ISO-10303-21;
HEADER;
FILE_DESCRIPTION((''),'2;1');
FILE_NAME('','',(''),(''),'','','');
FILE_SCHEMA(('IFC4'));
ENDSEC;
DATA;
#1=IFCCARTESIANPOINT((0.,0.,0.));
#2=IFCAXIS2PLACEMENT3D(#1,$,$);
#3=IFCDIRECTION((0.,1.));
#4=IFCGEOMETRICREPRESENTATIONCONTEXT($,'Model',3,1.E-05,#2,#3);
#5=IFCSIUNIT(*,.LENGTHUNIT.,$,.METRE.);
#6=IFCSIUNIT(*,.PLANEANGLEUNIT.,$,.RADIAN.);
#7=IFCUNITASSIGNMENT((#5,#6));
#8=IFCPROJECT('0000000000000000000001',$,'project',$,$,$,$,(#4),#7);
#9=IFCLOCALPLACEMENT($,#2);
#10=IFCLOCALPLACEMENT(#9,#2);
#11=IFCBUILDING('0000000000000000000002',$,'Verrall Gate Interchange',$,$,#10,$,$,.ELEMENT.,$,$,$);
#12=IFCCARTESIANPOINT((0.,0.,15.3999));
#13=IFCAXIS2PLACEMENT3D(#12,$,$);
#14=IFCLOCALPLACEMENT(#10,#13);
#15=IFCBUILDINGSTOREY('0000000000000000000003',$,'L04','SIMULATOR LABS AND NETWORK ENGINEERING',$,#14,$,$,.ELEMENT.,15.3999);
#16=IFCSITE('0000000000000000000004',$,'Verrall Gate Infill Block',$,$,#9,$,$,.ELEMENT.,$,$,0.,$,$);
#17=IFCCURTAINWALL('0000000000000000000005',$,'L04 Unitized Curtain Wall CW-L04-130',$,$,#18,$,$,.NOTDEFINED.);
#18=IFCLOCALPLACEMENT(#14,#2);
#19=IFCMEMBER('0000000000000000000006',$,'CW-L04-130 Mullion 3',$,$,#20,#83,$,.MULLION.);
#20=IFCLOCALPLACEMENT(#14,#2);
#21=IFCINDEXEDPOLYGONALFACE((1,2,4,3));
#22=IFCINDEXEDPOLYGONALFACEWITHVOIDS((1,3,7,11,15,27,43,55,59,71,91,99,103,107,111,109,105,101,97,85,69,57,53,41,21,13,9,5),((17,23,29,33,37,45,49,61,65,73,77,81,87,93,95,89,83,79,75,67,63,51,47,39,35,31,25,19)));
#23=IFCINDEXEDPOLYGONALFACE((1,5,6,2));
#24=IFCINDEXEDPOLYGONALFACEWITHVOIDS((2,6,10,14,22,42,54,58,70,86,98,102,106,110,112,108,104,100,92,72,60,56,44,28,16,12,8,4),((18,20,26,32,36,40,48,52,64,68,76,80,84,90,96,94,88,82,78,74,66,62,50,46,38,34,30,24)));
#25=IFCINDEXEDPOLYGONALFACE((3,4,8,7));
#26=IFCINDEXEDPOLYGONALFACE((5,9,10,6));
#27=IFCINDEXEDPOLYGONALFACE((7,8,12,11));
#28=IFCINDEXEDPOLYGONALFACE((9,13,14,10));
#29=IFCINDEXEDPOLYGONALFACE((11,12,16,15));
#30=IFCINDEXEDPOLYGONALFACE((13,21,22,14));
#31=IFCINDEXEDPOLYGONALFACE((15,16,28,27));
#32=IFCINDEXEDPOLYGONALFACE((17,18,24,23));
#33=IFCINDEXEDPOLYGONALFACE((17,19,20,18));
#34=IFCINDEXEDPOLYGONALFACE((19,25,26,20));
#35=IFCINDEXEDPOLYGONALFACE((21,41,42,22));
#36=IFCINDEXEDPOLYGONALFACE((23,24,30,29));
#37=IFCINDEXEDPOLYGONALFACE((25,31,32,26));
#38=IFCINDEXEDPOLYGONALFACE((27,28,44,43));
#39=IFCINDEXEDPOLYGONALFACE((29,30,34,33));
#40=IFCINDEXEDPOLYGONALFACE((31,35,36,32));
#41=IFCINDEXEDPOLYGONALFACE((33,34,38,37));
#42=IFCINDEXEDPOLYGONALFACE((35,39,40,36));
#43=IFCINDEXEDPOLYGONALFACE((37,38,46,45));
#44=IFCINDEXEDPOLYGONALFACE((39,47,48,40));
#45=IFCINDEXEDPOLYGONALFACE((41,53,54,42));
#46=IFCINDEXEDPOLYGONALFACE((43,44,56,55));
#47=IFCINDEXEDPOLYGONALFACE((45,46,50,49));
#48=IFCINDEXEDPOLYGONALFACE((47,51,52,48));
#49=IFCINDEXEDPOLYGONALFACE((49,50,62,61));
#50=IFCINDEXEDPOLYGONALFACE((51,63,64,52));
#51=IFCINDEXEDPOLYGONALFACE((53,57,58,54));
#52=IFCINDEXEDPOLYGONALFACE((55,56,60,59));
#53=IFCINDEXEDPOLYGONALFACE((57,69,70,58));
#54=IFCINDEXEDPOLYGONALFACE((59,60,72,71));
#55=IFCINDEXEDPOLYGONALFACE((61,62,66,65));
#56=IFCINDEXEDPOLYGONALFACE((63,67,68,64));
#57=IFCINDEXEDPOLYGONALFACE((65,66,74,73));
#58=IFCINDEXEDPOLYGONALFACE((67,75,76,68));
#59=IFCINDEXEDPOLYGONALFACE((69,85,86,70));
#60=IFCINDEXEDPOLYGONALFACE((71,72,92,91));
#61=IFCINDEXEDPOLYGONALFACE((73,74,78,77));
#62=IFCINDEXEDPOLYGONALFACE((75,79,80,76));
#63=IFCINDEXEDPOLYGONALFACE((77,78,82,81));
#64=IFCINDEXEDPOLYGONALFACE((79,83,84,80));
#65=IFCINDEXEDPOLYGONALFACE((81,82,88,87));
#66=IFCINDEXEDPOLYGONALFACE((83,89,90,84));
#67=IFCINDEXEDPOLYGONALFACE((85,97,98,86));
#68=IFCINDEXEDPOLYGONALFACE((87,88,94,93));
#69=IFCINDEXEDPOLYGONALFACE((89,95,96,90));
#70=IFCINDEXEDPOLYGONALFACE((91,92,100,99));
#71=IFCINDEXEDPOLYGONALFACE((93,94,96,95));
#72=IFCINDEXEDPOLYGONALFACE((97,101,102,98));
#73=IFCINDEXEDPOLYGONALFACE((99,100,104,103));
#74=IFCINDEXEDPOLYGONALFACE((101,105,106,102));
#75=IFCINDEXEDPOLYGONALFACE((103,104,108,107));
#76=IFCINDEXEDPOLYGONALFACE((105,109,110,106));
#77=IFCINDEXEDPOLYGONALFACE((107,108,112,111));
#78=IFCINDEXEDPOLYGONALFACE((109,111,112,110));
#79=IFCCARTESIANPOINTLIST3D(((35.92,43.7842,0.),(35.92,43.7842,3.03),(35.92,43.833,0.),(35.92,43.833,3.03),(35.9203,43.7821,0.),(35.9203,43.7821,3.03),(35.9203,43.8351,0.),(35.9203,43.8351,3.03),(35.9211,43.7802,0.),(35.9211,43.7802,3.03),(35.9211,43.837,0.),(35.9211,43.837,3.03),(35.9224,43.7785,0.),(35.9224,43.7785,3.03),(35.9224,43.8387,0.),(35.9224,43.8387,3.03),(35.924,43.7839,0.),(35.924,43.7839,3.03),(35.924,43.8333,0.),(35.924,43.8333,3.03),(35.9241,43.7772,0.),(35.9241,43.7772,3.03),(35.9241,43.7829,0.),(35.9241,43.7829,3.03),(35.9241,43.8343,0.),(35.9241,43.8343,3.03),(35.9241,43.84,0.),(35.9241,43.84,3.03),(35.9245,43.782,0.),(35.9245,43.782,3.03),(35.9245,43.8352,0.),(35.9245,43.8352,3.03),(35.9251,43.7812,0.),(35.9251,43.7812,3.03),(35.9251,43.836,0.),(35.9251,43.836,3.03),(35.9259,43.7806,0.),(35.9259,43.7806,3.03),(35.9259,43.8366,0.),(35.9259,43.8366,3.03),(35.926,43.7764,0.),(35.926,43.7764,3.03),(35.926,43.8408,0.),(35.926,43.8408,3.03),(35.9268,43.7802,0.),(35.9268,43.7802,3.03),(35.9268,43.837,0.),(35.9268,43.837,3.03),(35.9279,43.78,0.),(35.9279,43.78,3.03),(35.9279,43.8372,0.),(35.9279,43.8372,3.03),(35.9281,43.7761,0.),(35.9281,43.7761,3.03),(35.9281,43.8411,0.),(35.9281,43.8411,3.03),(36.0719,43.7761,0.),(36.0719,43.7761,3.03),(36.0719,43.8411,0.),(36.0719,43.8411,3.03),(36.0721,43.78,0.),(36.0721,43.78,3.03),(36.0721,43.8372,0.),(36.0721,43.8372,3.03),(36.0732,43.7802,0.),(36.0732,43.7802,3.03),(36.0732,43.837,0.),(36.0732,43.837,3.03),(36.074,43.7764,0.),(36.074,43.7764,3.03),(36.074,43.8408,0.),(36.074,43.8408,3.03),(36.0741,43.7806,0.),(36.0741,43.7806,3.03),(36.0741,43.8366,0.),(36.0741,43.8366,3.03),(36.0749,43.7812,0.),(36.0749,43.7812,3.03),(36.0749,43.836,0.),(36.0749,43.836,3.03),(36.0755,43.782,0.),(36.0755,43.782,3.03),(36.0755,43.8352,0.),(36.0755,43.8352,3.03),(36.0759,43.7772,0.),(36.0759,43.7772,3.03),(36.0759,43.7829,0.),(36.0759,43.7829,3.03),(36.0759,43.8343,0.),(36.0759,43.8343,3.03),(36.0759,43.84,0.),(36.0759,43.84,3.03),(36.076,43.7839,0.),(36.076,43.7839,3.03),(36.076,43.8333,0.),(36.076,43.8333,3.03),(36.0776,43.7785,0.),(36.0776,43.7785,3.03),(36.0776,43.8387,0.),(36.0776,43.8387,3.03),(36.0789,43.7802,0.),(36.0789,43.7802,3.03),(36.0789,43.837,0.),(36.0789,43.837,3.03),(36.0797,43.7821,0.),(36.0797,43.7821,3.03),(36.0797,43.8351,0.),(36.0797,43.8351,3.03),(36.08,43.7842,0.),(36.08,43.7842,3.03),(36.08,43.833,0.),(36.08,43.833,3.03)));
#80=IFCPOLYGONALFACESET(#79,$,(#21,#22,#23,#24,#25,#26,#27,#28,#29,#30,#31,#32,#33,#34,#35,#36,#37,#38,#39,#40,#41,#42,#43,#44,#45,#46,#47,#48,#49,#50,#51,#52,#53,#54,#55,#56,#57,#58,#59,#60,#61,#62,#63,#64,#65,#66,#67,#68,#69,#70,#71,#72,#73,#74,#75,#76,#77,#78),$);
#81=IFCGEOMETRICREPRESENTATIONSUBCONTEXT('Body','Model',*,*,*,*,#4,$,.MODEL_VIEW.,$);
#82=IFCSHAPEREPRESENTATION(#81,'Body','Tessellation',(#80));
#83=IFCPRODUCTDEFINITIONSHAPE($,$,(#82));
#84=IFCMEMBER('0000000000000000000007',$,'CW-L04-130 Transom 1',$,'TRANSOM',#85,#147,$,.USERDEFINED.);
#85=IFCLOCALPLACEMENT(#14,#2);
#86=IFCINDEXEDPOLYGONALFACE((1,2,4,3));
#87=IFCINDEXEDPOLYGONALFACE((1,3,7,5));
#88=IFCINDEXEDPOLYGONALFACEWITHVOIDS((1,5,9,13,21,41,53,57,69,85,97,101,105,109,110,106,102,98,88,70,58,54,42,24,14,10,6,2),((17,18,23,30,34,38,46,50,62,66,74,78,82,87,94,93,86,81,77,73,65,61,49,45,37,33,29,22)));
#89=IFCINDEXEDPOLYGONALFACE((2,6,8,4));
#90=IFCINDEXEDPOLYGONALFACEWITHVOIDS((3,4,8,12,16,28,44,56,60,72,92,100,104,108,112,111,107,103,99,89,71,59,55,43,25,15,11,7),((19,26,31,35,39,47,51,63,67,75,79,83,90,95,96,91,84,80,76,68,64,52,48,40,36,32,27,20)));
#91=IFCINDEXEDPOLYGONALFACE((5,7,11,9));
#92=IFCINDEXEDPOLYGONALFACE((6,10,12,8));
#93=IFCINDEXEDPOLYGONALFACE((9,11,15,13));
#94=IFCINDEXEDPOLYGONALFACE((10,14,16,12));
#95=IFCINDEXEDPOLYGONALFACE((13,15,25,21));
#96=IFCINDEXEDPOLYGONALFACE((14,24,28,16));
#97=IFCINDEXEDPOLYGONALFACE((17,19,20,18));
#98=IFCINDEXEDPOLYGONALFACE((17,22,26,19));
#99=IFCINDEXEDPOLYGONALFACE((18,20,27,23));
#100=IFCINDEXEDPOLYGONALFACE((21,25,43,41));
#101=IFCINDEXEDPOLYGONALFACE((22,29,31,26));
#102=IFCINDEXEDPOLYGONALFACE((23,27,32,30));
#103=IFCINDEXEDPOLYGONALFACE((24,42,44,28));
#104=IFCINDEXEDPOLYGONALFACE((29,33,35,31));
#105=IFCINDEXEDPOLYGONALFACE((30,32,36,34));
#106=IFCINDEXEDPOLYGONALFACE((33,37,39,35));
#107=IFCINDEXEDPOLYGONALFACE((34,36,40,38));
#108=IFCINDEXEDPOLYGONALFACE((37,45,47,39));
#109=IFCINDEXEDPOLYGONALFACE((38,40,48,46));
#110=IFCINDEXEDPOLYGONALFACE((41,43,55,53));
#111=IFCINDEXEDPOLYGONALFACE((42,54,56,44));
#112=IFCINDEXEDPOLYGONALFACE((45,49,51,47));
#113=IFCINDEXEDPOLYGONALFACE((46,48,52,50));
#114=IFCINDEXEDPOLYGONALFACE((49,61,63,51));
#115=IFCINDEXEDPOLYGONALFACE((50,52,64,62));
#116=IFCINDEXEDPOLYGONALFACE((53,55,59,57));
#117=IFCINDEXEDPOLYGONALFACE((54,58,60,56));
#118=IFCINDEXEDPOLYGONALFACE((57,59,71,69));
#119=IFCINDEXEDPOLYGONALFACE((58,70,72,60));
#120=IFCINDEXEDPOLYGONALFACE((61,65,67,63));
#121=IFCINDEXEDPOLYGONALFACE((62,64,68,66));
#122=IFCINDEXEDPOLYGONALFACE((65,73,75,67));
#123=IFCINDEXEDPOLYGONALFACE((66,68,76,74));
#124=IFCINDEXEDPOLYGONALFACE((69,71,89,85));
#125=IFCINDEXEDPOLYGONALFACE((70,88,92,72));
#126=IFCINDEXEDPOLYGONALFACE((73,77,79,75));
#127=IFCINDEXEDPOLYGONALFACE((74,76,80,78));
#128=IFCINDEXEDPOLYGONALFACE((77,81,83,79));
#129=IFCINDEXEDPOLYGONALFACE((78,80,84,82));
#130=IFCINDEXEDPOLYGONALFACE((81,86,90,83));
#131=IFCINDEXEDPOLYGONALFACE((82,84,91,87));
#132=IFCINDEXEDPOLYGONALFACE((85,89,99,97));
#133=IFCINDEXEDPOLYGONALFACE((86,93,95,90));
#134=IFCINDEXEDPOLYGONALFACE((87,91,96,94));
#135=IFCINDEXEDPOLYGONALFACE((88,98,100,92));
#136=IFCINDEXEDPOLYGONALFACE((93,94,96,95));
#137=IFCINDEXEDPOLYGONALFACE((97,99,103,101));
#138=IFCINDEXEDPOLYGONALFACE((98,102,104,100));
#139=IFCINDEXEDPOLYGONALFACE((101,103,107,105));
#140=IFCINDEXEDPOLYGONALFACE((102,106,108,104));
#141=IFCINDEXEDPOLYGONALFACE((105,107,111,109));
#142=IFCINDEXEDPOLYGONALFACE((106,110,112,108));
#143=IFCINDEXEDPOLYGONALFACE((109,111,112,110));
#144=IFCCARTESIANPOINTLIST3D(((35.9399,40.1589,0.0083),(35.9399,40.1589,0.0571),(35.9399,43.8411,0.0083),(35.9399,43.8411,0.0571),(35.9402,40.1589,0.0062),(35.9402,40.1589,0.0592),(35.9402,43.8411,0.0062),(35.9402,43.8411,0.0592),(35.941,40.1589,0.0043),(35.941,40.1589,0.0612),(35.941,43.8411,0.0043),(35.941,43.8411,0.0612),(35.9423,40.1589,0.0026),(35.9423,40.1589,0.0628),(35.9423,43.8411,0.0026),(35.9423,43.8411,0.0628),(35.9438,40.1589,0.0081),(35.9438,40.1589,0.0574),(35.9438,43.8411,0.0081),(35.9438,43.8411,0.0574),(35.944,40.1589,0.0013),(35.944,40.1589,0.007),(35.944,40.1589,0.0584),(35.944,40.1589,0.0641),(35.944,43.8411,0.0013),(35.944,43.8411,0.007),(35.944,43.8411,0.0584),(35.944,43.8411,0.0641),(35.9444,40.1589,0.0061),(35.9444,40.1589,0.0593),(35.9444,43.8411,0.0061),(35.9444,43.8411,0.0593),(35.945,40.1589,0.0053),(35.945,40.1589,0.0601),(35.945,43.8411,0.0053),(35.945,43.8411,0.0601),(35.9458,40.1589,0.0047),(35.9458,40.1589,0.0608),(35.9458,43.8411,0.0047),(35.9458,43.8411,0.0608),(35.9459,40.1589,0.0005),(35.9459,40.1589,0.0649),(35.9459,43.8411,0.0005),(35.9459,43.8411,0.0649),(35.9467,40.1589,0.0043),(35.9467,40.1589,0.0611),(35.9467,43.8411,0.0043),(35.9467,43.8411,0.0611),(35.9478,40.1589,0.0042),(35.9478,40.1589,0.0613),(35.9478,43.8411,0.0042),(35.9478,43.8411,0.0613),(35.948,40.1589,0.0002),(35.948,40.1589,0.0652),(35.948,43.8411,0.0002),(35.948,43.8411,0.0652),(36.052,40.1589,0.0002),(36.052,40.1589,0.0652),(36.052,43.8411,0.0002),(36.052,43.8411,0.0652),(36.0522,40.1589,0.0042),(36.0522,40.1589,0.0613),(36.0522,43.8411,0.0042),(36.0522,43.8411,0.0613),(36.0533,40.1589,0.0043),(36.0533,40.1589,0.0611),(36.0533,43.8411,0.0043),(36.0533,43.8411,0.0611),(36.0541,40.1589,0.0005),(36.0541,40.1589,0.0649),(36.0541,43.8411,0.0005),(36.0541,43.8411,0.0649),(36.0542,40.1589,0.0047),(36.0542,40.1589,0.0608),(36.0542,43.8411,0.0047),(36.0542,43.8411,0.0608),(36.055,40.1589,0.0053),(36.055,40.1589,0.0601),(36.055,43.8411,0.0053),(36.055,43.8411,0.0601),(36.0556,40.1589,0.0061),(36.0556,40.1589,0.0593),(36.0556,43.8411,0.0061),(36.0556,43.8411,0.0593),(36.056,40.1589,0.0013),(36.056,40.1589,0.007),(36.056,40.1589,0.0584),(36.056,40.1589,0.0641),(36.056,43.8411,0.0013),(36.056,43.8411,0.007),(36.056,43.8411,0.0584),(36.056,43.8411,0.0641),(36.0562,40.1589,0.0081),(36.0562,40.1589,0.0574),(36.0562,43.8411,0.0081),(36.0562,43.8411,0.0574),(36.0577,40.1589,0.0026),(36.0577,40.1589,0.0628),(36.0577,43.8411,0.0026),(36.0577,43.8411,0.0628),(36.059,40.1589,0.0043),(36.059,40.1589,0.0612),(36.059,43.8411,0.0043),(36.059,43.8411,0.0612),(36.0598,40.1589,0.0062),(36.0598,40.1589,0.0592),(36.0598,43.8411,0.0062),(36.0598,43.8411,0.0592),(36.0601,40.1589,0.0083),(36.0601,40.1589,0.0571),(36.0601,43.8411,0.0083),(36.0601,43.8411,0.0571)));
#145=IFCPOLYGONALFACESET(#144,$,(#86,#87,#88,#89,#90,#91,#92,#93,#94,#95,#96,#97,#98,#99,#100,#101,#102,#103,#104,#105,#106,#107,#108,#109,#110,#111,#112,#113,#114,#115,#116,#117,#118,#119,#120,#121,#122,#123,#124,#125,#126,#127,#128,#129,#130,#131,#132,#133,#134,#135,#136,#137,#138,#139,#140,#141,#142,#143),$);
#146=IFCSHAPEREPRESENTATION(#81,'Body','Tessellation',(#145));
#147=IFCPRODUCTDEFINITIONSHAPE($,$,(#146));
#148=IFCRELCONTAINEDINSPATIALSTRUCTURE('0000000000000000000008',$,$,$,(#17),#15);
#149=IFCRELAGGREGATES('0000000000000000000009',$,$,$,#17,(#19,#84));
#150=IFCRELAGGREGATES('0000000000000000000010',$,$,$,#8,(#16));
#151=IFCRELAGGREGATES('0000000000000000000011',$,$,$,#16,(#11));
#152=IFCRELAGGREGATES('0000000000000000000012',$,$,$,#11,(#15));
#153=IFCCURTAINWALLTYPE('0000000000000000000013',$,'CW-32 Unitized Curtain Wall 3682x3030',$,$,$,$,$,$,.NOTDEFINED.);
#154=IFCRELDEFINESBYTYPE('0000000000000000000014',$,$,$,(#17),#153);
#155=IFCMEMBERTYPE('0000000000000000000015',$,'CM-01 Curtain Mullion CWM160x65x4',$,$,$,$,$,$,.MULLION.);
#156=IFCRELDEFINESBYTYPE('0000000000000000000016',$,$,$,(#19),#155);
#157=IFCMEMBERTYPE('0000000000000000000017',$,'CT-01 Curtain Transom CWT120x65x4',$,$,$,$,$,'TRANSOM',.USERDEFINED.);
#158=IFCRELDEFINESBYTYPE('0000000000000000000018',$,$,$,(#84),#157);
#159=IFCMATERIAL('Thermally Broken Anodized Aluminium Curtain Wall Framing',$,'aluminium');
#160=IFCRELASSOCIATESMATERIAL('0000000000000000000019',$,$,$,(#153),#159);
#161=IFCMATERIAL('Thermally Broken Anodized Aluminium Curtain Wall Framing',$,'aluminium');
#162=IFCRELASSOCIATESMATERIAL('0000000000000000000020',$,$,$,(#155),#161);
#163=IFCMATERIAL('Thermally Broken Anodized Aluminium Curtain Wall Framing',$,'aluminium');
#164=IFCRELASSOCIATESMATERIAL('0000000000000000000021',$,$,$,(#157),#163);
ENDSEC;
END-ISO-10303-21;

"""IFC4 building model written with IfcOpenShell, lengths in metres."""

from ifc_helpers import new_model, si_unit, direction, frame, origin, origin_2d, place, context, subcontext, project, spatial, hollow_rectangle, extrude, material, material_profile, profile_set, type_object, element, aggregate, save


model = new_model("IFC4")

# Units and contexts
model_context = context("Model", 3, precision=1e-05, world=origin(), true_north=direction((0.0, 1.0)))
body_context = subcontext(model_context, "Body", "Model", "MODEL_VIEW")
ifc_project = project(units=[si_unit("LENGTHUNIT", "METRE"), si_unit("PLANEANGLEUNIT", "RADIAN")], contexts=[model_context])

# Site, building, storey
site_placement = place(None, origin())
site = spatial("IfcSite", under=ifc_project, at=site_placement, Name="Verrall Gate Infill Block", CompositionType="ELEMENT", RefElevation=0.0)
building_placement = place(site_placement, origin())
building = spatial("IfcBuilding", under=site, at=building_placement, Name="Verrall Gate Interchange", CompositionType="ELEMENT")
storey_placement = place(building_placement, frame((0.0, 0.0, 15.3999)))
storey = spatial("IfcBuildingStorey", under=building, at=storey_placement, Name="L04", Description="SIMULATOR LABS AND NETWORK ENGINEERING", CompositionType="ELEMENT", Elevation=15.3999)

# Curtain wall, members
ifc_material_1 = material(Name="Thermally Broken Anodized Aluminium Curtain Wall Framing", Category="aluminium")
curtain_wall_type = type_object("IfcCurtainWallType", Name="CW-32 Unitized Curtain Wall 3682x3030", PredefinedType="NOTDEFINED", material=ifc_material_1)
curtain_wall_placement = place(storey_placement, origin())
curtain_wall = element("IfcCurtainWall", 1, at=curtain_wall_placement, inside=storey, type_object=curtain_wall_type, Name="L04 Unitized Curtain Wall CW-L04-130", PredefinedType="NOTDEFINED")
ifc_material_2 = material(Name="Thermally Broken Anodized Aluminium Curtain Wall Framing", Category="aluminium")
ifc_material_profile_1 = material_profile(ifc_material_2, hollow_rectangle(XDim=0.0649, YDim=0.1599, WallThickness=0.0039, InnerFilletRadius=0.0039, OuterFilletRadius=0.0081, at=origin_2d()), Name="CWM160x65x4")
ifc_profile_set_1 = profile_set([ifc_material_profile_1], Name="Thermally Broken Anodized Aluminium Curtain Wall Framing")
member_type_1 = type_object("IfcMemberType", Name="CM-01 Curtain Mullion CWM160x65x4", PredefinedType="MULLION", material=ifc_profile_set_1)
member_1_placement = place(storey_placement, frame((36.0, 43.8086, 0.0), z_axis=(0.0, 0.0, 1.0), x_axis=(0.0, 1.0, 0.0)))
member_1 = element("IfcMember", 2, at=member_1_placement, type_object=member_type_1, Name="CW-L04-130 Mullion 3", PredefinedType="MULLION", context=body_context, shape_type="SweptSolid", body=[
    extrude(hollow_rectangle(XDim=0.0649, YDim=0.1599, WallThickness=0.0039, InnerFilletRadius=0.0039, OuterFilletRadius=0.0081, at=origin_2d()), origin(), (0.0, 0.0, 1.0), 3.03),
])
ifc_material_3 = material(Name="Thermally Broken Anodized Aluminium Curtain Wall Framing", Category="aluminium")
ifc_material_profile_2 = material_profile(ifc_material_3, hollow_rectangle(XDim=0.1201, YDim=0.0649, WallThickness=0.0039, InnerFilletRadius=0.0039, OuterFilletRadius=0.0081, at=origin_2d()), Name="CWT120x65x4")
ifc_profile_set_2 = profile_set([ifc_material_profile_2], Name="Thermally Broken Anodized Aluminium Curtain Wall Framing")
member_type_2 = type_object("IfcMemberType", Name="CT-01 Curtain Transom CWT120x65x4", ElementType="TRANSOM", PredefinedType="USERDEFINED", material=ifc_profile_set_2)
member_2_placement = place(storey_placement, frame((36.0, 40.1589, 0.0327), z_axis=(0.0, 1.0, 0.0), x_axis=(-1.0, 0.0, 0.0)))
member_2 = element("IfcMember", 3, at=member_2_placement, type_object=member_type_2, Name="CW-L04-130 Transom 1", ObjectType="TRANSOM", PredefinedType="USERDEFINED", context=body_context, shape_type="SweptSolid", body=[
    extrude(hollow_rectangle(XDim=0.1201, YDim=0.0649, WallThickness=0.0039, InnerFilletRadius=0.0039, OuterFilletRadius=0.0081, at=origin_2d()), origin(), (0.0, 0.0, 1.0), 3.6821),
])
aggregate(curtain_wall, [member_1, member_2])

save(model, "model.ifc")
